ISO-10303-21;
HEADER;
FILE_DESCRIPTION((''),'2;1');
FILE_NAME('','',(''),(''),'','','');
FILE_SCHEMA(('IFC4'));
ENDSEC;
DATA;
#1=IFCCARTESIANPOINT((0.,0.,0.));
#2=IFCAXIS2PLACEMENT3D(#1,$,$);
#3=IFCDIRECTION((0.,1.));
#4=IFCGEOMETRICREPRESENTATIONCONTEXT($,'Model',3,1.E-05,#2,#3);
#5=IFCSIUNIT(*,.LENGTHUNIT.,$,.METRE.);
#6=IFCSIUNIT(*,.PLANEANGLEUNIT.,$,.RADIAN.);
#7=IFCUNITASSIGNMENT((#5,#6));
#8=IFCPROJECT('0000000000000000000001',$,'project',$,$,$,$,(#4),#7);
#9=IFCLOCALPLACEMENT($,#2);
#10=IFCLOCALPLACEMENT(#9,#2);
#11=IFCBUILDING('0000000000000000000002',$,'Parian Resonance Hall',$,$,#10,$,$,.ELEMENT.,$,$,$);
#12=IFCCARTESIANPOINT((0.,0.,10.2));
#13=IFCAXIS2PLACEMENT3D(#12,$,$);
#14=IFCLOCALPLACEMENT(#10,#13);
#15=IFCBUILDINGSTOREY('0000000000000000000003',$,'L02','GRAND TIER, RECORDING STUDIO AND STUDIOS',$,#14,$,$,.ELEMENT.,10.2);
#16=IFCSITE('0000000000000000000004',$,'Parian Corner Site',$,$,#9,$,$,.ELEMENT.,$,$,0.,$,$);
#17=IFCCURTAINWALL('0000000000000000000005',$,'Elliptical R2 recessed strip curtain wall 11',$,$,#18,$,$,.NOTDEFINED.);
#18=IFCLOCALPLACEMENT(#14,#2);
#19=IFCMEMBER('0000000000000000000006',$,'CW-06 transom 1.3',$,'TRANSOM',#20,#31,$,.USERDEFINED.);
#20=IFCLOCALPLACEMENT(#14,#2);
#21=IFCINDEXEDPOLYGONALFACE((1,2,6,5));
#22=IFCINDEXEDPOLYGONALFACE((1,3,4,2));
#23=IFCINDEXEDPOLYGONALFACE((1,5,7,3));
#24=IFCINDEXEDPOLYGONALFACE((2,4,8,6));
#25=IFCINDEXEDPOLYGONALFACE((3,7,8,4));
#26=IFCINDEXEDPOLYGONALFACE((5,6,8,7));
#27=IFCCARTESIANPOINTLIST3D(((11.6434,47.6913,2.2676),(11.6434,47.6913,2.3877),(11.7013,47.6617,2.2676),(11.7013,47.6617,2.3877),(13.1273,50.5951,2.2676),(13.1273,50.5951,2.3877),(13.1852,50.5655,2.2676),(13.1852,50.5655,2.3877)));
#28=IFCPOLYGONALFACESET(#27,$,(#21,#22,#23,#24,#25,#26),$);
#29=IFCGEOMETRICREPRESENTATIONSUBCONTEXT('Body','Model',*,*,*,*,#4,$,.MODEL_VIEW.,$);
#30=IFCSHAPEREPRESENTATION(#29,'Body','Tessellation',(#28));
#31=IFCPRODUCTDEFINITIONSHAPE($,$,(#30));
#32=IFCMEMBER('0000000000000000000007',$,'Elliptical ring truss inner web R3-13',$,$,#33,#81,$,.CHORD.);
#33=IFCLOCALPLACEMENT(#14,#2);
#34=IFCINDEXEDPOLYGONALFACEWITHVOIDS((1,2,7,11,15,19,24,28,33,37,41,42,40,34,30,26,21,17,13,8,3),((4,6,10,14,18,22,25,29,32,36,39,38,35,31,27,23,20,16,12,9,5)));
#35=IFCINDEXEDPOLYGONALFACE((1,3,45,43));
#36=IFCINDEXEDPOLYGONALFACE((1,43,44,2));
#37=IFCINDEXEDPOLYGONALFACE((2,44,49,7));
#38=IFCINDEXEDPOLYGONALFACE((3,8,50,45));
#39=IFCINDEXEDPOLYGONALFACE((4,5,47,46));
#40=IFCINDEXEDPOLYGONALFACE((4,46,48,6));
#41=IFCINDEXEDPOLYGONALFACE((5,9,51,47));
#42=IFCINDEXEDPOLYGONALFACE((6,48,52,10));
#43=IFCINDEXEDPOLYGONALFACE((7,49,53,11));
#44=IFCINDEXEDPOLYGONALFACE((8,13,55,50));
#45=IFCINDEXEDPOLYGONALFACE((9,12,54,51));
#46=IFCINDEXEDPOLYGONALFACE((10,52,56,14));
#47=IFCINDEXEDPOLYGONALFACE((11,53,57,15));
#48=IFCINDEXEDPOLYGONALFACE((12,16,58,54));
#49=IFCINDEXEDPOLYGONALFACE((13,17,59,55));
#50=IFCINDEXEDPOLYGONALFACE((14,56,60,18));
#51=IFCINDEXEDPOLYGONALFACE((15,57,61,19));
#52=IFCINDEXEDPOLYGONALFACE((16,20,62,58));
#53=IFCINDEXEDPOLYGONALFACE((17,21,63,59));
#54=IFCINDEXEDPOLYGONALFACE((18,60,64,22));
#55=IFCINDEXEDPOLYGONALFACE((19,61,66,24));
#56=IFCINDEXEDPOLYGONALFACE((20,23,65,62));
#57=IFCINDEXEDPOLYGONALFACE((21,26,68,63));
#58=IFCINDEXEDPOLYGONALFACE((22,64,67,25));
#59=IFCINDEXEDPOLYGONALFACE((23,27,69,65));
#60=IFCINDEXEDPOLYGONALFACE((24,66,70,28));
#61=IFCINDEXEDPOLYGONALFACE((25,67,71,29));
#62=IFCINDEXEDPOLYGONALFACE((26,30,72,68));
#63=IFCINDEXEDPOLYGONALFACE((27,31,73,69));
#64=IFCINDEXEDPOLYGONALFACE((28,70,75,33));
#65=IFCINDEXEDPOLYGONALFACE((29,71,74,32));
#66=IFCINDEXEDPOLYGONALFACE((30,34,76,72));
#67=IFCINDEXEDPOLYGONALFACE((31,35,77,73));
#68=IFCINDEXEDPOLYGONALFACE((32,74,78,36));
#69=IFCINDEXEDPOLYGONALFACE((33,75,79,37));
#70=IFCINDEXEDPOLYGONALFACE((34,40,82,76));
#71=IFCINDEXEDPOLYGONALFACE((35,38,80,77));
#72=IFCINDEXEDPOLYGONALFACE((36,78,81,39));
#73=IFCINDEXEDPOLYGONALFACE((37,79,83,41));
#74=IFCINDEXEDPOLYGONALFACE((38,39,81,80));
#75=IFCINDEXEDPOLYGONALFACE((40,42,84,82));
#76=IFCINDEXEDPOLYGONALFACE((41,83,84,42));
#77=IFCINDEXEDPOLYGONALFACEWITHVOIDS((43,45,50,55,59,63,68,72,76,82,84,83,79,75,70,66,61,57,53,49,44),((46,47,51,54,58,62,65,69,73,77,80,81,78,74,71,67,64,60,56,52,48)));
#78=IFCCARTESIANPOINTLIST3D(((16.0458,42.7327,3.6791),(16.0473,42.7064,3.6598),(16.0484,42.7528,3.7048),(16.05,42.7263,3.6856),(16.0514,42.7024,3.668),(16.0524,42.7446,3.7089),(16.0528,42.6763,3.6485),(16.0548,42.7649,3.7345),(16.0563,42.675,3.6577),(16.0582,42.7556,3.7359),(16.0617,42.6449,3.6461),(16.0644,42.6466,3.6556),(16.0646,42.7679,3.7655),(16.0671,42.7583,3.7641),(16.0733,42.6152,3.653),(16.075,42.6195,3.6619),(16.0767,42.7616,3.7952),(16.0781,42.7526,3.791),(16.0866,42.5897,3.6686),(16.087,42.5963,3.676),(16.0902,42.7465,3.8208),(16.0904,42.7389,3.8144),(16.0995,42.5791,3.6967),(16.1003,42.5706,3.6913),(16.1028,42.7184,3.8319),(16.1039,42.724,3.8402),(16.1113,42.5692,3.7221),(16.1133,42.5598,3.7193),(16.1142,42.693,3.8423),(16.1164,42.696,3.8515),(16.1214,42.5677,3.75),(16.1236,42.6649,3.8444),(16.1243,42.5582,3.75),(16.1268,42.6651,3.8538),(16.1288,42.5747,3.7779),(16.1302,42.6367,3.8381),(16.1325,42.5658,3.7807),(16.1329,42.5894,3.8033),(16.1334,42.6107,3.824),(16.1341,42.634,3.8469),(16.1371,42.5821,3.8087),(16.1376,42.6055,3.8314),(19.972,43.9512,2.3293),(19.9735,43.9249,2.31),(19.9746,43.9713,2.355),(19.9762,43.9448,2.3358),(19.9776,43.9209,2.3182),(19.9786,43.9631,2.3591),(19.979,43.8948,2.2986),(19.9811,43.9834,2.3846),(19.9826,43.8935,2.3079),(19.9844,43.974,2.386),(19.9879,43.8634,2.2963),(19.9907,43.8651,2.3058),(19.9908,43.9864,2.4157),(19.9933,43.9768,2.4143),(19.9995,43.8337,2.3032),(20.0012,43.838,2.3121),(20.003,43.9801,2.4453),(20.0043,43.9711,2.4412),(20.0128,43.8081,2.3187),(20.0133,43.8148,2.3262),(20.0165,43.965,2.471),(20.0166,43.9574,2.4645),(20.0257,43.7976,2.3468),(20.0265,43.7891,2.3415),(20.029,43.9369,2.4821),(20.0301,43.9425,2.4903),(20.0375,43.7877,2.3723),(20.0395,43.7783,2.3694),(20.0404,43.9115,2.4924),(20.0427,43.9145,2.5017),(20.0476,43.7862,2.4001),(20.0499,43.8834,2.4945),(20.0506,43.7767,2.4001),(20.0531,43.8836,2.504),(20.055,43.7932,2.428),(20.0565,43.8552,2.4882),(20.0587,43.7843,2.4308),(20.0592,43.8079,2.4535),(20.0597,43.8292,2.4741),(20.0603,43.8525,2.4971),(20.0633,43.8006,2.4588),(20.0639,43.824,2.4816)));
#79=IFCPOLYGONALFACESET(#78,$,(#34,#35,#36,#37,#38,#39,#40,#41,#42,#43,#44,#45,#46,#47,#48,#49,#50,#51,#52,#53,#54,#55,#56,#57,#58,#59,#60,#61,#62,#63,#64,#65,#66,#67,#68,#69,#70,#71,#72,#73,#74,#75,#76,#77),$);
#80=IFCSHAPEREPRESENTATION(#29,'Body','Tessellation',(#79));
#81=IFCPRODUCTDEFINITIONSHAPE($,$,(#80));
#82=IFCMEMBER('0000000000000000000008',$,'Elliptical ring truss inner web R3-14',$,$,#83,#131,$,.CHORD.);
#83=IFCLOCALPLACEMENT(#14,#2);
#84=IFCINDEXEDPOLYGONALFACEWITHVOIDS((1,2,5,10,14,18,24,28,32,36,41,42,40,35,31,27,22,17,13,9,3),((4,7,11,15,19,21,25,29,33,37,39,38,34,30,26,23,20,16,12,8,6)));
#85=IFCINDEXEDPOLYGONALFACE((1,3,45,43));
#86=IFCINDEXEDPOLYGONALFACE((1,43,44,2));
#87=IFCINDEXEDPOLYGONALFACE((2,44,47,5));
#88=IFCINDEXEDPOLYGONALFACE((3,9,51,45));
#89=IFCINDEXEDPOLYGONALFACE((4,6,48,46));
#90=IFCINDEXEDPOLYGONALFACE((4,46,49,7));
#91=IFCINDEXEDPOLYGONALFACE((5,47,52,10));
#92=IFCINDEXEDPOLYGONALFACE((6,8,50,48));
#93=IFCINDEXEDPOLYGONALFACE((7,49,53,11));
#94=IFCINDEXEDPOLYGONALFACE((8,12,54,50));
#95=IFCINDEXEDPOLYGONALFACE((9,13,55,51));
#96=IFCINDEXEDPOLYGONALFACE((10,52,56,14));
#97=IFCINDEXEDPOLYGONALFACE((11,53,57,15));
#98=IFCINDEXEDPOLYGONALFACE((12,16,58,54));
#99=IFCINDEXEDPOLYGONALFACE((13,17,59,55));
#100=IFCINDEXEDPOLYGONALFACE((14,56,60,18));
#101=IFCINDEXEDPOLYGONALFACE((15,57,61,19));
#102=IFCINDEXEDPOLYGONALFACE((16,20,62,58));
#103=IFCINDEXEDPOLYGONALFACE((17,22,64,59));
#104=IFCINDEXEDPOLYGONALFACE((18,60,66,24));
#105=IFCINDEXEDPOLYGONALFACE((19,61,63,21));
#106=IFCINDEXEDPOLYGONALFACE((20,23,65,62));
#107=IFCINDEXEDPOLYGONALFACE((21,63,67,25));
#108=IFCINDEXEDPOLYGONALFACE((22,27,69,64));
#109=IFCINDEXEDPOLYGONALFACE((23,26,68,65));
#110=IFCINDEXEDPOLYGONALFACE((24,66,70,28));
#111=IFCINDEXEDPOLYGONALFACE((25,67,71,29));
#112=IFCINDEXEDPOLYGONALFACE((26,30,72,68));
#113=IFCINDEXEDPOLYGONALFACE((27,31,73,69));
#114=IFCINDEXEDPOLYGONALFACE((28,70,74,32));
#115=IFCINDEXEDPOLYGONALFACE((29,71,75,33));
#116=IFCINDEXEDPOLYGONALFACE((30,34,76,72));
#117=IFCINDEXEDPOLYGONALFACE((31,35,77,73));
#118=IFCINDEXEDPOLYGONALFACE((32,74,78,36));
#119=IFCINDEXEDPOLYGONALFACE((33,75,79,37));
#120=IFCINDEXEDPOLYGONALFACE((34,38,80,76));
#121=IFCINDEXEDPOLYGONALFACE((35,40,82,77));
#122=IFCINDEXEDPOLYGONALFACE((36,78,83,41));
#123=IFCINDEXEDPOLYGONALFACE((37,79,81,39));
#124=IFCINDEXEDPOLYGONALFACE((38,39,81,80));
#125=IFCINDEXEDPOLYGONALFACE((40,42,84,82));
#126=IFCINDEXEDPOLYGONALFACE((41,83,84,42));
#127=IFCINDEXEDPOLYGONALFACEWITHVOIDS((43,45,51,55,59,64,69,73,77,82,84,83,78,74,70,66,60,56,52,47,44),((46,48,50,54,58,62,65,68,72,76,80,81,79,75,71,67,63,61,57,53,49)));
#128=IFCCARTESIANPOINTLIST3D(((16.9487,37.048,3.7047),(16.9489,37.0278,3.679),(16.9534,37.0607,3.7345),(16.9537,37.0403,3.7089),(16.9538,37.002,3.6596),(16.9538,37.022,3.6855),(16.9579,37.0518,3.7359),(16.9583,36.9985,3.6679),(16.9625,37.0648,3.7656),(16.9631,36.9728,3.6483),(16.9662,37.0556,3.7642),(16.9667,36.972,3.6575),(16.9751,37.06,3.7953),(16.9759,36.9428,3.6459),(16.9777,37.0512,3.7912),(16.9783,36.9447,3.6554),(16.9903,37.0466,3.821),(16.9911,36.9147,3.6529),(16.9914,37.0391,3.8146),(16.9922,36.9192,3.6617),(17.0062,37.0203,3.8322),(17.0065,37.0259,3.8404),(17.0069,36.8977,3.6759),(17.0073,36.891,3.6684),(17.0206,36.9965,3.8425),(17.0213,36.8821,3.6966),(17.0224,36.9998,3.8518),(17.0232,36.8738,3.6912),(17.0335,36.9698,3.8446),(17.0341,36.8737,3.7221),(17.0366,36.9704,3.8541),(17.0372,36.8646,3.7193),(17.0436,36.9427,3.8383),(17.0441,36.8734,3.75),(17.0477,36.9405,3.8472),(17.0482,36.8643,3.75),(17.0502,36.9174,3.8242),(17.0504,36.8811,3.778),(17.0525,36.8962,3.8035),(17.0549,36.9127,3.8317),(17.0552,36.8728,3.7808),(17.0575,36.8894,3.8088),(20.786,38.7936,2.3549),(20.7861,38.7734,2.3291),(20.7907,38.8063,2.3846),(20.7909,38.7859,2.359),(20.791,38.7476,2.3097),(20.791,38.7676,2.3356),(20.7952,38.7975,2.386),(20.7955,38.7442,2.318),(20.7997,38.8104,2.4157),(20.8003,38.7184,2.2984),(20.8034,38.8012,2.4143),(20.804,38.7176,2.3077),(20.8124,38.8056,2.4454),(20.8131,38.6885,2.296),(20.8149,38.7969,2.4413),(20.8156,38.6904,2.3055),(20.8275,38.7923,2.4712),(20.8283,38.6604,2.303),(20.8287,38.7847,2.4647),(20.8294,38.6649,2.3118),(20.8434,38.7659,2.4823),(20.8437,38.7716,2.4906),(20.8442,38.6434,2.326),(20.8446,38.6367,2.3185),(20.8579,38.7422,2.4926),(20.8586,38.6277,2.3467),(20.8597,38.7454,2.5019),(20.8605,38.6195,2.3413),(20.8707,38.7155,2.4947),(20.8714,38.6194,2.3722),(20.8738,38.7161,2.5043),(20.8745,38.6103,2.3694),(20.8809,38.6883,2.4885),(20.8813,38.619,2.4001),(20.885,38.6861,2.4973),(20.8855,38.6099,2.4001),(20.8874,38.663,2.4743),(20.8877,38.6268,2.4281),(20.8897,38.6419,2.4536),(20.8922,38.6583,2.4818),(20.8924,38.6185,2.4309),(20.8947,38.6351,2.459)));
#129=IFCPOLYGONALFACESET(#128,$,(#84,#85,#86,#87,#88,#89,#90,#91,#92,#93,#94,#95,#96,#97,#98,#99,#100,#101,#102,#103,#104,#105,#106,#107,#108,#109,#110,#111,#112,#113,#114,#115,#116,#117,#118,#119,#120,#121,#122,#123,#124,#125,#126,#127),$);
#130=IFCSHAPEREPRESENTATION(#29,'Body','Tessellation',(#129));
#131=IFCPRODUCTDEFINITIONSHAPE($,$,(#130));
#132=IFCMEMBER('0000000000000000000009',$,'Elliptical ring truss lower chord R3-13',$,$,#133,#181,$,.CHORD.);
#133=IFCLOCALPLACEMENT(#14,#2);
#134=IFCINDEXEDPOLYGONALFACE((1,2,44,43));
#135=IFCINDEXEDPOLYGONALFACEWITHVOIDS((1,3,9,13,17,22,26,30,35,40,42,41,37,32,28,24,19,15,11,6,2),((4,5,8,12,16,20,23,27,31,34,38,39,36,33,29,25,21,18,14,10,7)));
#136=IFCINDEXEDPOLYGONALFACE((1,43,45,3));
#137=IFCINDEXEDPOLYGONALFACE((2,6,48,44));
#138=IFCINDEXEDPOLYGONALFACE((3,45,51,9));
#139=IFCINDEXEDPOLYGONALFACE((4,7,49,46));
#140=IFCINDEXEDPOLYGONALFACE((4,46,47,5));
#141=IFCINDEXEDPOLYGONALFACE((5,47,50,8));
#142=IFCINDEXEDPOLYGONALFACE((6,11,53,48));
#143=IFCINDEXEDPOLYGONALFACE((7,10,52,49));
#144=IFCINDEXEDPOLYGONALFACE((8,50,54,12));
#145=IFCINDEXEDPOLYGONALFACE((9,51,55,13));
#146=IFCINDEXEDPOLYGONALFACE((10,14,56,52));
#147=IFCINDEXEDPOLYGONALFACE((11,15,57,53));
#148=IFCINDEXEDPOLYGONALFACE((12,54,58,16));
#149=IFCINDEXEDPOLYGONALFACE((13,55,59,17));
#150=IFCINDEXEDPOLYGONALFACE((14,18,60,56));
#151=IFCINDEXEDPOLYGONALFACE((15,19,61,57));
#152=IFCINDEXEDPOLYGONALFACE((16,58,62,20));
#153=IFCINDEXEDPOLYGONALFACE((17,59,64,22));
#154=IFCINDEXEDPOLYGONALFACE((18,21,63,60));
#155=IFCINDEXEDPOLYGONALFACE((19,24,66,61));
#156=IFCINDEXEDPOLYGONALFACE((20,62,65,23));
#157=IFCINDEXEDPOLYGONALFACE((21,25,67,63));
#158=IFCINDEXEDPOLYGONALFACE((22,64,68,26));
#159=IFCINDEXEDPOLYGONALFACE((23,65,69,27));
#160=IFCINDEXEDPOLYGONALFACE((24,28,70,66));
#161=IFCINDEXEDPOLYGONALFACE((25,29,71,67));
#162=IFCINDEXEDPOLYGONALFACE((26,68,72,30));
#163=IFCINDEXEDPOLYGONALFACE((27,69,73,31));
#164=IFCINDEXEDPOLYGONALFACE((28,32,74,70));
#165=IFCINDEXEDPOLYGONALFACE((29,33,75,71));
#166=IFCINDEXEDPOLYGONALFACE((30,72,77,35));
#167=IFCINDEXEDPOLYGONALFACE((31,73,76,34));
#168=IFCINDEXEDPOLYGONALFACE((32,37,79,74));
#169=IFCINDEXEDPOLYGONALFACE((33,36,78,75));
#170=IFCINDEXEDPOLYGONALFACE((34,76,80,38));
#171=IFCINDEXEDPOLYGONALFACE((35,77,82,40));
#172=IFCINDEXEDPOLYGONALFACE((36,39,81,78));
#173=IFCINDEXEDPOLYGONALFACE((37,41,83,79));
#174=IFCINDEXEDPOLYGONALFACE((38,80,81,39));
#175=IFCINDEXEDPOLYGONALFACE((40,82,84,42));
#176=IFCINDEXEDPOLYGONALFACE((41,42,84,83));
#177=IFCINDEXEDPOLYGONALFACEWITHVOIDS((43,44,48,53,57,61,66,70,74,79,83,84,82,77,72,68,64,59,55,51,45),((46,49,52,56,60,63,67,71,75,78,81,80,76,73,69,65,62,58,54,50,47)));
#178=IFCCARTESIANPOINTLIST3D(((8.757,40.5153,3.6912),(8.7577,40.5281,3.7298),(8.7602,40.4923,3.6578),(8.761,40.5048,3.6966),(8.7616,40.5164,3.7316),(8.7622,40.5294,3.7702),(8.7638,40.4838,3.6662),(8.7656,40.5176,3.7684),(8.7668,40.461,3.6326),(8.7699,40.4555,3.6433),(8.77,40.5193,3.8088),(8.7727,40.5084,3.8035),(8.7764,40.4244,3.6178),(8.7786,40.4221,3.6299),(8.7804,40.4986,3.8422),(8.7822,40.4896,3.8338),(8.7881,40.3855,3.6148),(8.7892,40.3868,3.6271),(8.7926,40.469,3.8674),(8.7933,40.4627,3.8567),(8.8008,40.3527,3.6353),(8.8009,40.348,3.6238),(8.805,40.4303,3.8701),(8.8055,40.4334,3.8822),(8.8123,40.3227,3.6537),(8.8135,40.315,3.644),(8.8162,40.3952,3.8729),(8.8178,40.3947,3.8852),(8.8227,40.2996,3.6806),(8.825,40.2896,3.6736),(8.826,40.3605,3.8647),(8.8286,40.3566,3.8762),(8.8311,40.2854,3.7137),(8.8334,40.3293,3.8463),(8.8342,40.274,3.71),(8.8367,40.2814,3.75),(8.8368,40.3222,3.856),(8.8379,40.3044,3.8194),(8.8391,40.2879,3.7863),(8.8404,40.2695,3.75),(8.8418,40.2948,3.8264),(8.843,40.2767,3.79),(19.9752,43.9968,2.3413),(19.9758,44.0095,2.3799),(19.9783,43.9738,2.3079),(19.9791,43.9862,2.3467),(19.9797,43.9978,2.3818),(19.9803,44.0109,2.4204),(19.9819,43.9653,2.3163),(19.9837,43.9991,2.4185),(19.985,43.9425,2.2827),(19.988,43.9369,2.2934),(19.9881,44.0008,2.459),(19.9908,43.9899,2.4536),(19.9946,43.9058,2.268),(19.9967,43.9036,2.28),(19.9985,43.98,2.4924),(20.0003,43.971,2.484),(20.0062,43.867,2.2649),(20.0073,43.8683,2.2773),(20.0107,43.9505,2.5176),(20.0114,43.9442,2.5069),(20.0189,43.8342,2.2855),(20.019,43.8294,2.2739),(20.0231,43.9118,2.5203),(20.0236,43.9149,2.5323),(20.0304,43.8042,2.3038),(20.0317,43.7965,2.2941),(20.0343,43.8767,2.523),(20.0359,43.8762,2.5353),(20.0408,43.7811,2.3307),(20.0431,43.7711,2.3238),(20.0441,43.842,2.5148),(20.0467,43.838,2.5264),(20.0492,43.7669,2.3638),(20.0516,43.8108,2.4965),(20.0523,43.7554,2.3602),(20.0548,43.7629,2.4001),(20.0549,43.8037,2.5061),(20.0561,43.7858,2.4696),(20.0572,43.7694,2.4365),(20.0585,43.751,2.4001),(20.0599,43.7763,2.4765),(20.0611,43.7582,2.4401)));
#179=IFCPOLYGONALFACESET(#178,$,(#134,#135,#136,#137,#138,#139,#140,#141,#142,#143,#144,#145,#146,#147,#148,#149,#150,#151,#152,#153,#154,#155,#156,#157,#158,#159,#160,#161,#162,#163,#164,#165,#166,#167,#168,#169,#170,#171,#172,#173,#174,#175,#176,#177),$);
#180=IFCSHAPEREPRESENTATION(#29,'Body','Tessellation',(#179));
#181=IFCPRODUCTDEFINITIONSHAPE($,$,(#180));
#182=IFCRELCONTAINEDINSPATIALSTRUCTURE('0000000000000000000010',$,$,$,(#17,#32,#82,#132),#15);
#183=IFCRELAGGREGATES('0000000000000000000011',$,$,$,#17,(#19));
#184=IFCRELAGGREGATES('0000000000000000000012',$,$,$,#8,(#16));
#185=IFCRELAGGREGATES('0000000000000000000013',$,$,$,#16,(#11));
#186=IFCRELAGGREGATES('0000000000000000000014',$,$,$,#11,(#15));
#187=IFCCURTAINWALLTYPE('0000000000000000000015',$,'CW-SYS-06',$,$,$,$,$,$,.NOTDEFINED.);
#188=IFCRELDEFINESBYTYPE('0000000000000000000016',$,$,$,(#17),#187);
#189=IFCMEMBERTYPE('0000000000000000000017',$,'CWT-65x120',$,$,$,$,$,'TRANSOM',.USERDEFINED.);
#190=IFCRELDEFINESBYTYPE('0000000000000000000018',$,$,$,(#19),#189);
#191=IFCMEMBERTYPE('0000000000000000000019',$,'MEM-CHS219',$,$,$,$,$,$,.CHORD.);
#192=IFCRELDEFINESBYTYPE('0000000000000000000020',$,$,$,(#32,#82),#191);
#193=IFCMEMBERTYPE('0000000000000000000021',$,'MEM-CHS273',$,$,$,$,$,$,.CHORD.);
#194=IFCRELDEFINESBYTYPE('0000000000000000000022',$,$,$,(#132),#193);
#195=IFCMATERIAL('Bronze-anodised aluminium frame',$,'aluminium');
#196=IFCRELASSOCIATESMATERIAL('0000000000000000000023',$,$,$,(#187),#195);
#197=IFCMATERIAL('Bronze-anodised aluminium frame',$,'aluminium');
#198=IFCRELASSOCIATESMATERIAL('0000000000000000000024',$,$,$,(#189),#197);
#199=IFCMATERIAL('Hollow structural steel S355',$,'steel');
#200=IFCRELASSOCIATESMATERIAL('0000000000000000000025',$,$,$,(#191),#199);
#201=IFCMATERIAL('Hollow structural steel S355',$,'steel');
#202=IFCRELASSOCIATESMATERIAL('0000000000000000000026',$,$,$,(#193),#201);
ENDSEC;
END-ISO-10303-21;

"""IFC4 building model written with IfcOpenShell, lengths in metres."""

from ifc_helpers import new_model, si_unit, direction, frame, origin, origin_2d, place, context, subcontext, project, spatial, rectangle, hollow_circle, extrude, material, material_profile, profile_set, type_object, element, aggregate, save


model = new_model("IFC4")

# Units and contexts
model_context = context("Model", 3, precision=1e-05, world=origin(), true_north=direction((0.0, 1.0)))
body_context = subcontext(model_context, "Body", "Model", "MODEL_VIEW")
ifc_project = project(units=[si_unit("LENGTHUNIT", "METRE"), si_unit("PLANEANGLEUNIT", "RADIAN")], contexts=[model_context])

# Site, building, storey
site_placement = place(None, origin())
site = spatial("IfcSite", under=ifc_project, at=site_placement, Name="Parian Corner Site", CompositionType="ELEMENT", RefElevation=0.0)
building_placement = place(site_placement, origin())
building = spatial("IfcBuilding", under=site, at=building_placement, Name="Parian Resonance Hall", CompositionType="ELEMENT")
storey_placement = place(building_placement, frame((0.0, 0.0, 10.2)))
storey = spatial("IfcBuildingStorey", under=building, at=storey_placement, Name="L02", Description="GRAND TIER, RECORDING STUDIO AND STUDIOS", CompositionType="ELEMENT", Elevation=10.2)

# Curtain wall, member
ifc_material_1 = material(Name="Bronze-anodised aluminium frame", Category="aluminium")
curtain_wall_type = type_object("IfcCurtainWallType", Name="CW-SYS-06", PredefinedType="NOTDEFINED", material=ifc_material_1)
curtain_wall_placement = place(storey_placement, origin())
curtain_wall = element("IfcCurtainWall", 1, at=curtain_wall_placement, inside=storey, type_object=curtain_wall_type, Name="Elliptical R2 recessed strip curtain wall 11", PredefinedType="NOTDEFINED")
ifc_material_2 = material(Name="Bronze-anodised aluminium frame", Category="aluminium")
ifc_material_profile_1 = material_profile(ifc_material_2, rectangle(XDim=0.0649, YDim=0.1201, at=origin_2d()), Name="CWT-65x120")
ifc_profile_set_1 = profile_set([ifc_material_profile_1], Name="Bronze-anodised aluminium frame")
member_type_1 = type_object("IfcMemberType", Name="CWT-65x120", ElementType="TRANSOM", PredefinedType="USERDEFINED", material=ifc_profile_set_1)
member_1_placement = place(storey_placement, frame((11.6724, 47.6765, 2.3276), z_axis=(0.455042, 0.89047, 0.0), x_axis=(-0.89047, 0.455042, 0.0)))
member_1 = element("IfcMember", 2, at=member_1_placement, type_object=member_type_1, Name="CW-06 transom 1.3", ObjectType="TRANSOM", PredefinedType="USERDEFINED", context=body_context, shape_type="SweptSolid", body=[
    extrude(rectangle(XDim=0.0649, YDim=0.1201, at=origin_2d()), origin(), (0.0, 0.0, 1.0), 3.261),
])
aggregate(curtain_wall, [member_1])

# Members
ifc_material_3 = material(Name="Hollow structural steel S355", Category="steel")
ifc_material_profile_2 = material_profile(ifc_material_3, hollow_circle(Radius=0.1096, WallThickness=0.01, at=origin_2d()), Name="CHS219.1x10")
ifc_profile_set_2 = profile_set([ifc_material_profile_2], Name="Hollow structural steel S355")
member_type_2 = type_object("IfcMemberType", Name="MEM-CHS219", PredefinedType="CHORD", material=ifc_profile_set_2)
member_2_placement = place(storey_placement, frame((20.0181, 43.8813, 2.4001), z_axis=(-0.9074, -0.281609, 0.311965), x_axis=(0.296401, -0.955064, 0.0)))
element("IfcMember", 3, at=member_2_placement, inside=storey, type_object=member_type_2, Name="Elliptical ring truss inner web R3-13", PredefinedType="CHORD", context=body_context, shape_type="SweptSolid", body=[
    extrude(hollow_circle(Radius=0.1096, WallThickness=0.01, at=origin_2d()), origin(), (0.0, 0.0, 1.0), 4.3269),
])
member_3_placement = place(storey_placement, frame((20.8401, 38.7097, 2.4001), z_axis=(-0.86688, -0.394362, 0.304955), x_axis=(0.414087, -0.910238, 0.0)))
element("IfcMember", 4, at=member_3_placement, inside=storey, type_object=member_type_2, Name="Elliptical ring truss inner web R3-14", PredefinedType="CHORD", context=body_context, shape_type="SweptSolid", body=[
    extrude(hollow_circle(Radius=0.1096, WallThickness=0.01, at=origin_2d()), origin(), (0.0, 0.0, 1.0), 4.4265),
])
ifc_material_4 = material(Name="Hollow structural steel S355", Category="steel")
ifc_material_profile_3 = material_profile(ifc_material_4, hollow_circle(Radius=0.1365, WallThickness=0.0125, at=origin_2d()), Name="CHS273x12.5")
ifc_profile_set_3 = profile_set([ifc_material_profile_3], Name="Hollow structural steel S355")
member_type_3 = type_object("IfcMemberType", Name="MEM-CHS273", PredefinedType="CHORD", material=ifc_profile_set_3)
member_4_placement = place(storey_placement, frame((20.0181, 43.8813, 2.4001), z_axis=(-0.948819, -0.29446, 0.114171), x_axis=(0.296399, -0.955064, 0.0)))
element("IfcMember", 5, at=member_4_placement, inside=storey, type_object=member_type_3, Name="Elliptical ring truss lower chord R3-13", PredefinedType="CHORD", context=body_context, shape_type="SweptSolid", body=[
    extrude(hollow_circle(Radius=0.1365, WallThickness=0.0125, at=origin_2d()), origin(), (0.0, 0.0, 1.0), 11.8232),
])

save(model, "model.ifc")
